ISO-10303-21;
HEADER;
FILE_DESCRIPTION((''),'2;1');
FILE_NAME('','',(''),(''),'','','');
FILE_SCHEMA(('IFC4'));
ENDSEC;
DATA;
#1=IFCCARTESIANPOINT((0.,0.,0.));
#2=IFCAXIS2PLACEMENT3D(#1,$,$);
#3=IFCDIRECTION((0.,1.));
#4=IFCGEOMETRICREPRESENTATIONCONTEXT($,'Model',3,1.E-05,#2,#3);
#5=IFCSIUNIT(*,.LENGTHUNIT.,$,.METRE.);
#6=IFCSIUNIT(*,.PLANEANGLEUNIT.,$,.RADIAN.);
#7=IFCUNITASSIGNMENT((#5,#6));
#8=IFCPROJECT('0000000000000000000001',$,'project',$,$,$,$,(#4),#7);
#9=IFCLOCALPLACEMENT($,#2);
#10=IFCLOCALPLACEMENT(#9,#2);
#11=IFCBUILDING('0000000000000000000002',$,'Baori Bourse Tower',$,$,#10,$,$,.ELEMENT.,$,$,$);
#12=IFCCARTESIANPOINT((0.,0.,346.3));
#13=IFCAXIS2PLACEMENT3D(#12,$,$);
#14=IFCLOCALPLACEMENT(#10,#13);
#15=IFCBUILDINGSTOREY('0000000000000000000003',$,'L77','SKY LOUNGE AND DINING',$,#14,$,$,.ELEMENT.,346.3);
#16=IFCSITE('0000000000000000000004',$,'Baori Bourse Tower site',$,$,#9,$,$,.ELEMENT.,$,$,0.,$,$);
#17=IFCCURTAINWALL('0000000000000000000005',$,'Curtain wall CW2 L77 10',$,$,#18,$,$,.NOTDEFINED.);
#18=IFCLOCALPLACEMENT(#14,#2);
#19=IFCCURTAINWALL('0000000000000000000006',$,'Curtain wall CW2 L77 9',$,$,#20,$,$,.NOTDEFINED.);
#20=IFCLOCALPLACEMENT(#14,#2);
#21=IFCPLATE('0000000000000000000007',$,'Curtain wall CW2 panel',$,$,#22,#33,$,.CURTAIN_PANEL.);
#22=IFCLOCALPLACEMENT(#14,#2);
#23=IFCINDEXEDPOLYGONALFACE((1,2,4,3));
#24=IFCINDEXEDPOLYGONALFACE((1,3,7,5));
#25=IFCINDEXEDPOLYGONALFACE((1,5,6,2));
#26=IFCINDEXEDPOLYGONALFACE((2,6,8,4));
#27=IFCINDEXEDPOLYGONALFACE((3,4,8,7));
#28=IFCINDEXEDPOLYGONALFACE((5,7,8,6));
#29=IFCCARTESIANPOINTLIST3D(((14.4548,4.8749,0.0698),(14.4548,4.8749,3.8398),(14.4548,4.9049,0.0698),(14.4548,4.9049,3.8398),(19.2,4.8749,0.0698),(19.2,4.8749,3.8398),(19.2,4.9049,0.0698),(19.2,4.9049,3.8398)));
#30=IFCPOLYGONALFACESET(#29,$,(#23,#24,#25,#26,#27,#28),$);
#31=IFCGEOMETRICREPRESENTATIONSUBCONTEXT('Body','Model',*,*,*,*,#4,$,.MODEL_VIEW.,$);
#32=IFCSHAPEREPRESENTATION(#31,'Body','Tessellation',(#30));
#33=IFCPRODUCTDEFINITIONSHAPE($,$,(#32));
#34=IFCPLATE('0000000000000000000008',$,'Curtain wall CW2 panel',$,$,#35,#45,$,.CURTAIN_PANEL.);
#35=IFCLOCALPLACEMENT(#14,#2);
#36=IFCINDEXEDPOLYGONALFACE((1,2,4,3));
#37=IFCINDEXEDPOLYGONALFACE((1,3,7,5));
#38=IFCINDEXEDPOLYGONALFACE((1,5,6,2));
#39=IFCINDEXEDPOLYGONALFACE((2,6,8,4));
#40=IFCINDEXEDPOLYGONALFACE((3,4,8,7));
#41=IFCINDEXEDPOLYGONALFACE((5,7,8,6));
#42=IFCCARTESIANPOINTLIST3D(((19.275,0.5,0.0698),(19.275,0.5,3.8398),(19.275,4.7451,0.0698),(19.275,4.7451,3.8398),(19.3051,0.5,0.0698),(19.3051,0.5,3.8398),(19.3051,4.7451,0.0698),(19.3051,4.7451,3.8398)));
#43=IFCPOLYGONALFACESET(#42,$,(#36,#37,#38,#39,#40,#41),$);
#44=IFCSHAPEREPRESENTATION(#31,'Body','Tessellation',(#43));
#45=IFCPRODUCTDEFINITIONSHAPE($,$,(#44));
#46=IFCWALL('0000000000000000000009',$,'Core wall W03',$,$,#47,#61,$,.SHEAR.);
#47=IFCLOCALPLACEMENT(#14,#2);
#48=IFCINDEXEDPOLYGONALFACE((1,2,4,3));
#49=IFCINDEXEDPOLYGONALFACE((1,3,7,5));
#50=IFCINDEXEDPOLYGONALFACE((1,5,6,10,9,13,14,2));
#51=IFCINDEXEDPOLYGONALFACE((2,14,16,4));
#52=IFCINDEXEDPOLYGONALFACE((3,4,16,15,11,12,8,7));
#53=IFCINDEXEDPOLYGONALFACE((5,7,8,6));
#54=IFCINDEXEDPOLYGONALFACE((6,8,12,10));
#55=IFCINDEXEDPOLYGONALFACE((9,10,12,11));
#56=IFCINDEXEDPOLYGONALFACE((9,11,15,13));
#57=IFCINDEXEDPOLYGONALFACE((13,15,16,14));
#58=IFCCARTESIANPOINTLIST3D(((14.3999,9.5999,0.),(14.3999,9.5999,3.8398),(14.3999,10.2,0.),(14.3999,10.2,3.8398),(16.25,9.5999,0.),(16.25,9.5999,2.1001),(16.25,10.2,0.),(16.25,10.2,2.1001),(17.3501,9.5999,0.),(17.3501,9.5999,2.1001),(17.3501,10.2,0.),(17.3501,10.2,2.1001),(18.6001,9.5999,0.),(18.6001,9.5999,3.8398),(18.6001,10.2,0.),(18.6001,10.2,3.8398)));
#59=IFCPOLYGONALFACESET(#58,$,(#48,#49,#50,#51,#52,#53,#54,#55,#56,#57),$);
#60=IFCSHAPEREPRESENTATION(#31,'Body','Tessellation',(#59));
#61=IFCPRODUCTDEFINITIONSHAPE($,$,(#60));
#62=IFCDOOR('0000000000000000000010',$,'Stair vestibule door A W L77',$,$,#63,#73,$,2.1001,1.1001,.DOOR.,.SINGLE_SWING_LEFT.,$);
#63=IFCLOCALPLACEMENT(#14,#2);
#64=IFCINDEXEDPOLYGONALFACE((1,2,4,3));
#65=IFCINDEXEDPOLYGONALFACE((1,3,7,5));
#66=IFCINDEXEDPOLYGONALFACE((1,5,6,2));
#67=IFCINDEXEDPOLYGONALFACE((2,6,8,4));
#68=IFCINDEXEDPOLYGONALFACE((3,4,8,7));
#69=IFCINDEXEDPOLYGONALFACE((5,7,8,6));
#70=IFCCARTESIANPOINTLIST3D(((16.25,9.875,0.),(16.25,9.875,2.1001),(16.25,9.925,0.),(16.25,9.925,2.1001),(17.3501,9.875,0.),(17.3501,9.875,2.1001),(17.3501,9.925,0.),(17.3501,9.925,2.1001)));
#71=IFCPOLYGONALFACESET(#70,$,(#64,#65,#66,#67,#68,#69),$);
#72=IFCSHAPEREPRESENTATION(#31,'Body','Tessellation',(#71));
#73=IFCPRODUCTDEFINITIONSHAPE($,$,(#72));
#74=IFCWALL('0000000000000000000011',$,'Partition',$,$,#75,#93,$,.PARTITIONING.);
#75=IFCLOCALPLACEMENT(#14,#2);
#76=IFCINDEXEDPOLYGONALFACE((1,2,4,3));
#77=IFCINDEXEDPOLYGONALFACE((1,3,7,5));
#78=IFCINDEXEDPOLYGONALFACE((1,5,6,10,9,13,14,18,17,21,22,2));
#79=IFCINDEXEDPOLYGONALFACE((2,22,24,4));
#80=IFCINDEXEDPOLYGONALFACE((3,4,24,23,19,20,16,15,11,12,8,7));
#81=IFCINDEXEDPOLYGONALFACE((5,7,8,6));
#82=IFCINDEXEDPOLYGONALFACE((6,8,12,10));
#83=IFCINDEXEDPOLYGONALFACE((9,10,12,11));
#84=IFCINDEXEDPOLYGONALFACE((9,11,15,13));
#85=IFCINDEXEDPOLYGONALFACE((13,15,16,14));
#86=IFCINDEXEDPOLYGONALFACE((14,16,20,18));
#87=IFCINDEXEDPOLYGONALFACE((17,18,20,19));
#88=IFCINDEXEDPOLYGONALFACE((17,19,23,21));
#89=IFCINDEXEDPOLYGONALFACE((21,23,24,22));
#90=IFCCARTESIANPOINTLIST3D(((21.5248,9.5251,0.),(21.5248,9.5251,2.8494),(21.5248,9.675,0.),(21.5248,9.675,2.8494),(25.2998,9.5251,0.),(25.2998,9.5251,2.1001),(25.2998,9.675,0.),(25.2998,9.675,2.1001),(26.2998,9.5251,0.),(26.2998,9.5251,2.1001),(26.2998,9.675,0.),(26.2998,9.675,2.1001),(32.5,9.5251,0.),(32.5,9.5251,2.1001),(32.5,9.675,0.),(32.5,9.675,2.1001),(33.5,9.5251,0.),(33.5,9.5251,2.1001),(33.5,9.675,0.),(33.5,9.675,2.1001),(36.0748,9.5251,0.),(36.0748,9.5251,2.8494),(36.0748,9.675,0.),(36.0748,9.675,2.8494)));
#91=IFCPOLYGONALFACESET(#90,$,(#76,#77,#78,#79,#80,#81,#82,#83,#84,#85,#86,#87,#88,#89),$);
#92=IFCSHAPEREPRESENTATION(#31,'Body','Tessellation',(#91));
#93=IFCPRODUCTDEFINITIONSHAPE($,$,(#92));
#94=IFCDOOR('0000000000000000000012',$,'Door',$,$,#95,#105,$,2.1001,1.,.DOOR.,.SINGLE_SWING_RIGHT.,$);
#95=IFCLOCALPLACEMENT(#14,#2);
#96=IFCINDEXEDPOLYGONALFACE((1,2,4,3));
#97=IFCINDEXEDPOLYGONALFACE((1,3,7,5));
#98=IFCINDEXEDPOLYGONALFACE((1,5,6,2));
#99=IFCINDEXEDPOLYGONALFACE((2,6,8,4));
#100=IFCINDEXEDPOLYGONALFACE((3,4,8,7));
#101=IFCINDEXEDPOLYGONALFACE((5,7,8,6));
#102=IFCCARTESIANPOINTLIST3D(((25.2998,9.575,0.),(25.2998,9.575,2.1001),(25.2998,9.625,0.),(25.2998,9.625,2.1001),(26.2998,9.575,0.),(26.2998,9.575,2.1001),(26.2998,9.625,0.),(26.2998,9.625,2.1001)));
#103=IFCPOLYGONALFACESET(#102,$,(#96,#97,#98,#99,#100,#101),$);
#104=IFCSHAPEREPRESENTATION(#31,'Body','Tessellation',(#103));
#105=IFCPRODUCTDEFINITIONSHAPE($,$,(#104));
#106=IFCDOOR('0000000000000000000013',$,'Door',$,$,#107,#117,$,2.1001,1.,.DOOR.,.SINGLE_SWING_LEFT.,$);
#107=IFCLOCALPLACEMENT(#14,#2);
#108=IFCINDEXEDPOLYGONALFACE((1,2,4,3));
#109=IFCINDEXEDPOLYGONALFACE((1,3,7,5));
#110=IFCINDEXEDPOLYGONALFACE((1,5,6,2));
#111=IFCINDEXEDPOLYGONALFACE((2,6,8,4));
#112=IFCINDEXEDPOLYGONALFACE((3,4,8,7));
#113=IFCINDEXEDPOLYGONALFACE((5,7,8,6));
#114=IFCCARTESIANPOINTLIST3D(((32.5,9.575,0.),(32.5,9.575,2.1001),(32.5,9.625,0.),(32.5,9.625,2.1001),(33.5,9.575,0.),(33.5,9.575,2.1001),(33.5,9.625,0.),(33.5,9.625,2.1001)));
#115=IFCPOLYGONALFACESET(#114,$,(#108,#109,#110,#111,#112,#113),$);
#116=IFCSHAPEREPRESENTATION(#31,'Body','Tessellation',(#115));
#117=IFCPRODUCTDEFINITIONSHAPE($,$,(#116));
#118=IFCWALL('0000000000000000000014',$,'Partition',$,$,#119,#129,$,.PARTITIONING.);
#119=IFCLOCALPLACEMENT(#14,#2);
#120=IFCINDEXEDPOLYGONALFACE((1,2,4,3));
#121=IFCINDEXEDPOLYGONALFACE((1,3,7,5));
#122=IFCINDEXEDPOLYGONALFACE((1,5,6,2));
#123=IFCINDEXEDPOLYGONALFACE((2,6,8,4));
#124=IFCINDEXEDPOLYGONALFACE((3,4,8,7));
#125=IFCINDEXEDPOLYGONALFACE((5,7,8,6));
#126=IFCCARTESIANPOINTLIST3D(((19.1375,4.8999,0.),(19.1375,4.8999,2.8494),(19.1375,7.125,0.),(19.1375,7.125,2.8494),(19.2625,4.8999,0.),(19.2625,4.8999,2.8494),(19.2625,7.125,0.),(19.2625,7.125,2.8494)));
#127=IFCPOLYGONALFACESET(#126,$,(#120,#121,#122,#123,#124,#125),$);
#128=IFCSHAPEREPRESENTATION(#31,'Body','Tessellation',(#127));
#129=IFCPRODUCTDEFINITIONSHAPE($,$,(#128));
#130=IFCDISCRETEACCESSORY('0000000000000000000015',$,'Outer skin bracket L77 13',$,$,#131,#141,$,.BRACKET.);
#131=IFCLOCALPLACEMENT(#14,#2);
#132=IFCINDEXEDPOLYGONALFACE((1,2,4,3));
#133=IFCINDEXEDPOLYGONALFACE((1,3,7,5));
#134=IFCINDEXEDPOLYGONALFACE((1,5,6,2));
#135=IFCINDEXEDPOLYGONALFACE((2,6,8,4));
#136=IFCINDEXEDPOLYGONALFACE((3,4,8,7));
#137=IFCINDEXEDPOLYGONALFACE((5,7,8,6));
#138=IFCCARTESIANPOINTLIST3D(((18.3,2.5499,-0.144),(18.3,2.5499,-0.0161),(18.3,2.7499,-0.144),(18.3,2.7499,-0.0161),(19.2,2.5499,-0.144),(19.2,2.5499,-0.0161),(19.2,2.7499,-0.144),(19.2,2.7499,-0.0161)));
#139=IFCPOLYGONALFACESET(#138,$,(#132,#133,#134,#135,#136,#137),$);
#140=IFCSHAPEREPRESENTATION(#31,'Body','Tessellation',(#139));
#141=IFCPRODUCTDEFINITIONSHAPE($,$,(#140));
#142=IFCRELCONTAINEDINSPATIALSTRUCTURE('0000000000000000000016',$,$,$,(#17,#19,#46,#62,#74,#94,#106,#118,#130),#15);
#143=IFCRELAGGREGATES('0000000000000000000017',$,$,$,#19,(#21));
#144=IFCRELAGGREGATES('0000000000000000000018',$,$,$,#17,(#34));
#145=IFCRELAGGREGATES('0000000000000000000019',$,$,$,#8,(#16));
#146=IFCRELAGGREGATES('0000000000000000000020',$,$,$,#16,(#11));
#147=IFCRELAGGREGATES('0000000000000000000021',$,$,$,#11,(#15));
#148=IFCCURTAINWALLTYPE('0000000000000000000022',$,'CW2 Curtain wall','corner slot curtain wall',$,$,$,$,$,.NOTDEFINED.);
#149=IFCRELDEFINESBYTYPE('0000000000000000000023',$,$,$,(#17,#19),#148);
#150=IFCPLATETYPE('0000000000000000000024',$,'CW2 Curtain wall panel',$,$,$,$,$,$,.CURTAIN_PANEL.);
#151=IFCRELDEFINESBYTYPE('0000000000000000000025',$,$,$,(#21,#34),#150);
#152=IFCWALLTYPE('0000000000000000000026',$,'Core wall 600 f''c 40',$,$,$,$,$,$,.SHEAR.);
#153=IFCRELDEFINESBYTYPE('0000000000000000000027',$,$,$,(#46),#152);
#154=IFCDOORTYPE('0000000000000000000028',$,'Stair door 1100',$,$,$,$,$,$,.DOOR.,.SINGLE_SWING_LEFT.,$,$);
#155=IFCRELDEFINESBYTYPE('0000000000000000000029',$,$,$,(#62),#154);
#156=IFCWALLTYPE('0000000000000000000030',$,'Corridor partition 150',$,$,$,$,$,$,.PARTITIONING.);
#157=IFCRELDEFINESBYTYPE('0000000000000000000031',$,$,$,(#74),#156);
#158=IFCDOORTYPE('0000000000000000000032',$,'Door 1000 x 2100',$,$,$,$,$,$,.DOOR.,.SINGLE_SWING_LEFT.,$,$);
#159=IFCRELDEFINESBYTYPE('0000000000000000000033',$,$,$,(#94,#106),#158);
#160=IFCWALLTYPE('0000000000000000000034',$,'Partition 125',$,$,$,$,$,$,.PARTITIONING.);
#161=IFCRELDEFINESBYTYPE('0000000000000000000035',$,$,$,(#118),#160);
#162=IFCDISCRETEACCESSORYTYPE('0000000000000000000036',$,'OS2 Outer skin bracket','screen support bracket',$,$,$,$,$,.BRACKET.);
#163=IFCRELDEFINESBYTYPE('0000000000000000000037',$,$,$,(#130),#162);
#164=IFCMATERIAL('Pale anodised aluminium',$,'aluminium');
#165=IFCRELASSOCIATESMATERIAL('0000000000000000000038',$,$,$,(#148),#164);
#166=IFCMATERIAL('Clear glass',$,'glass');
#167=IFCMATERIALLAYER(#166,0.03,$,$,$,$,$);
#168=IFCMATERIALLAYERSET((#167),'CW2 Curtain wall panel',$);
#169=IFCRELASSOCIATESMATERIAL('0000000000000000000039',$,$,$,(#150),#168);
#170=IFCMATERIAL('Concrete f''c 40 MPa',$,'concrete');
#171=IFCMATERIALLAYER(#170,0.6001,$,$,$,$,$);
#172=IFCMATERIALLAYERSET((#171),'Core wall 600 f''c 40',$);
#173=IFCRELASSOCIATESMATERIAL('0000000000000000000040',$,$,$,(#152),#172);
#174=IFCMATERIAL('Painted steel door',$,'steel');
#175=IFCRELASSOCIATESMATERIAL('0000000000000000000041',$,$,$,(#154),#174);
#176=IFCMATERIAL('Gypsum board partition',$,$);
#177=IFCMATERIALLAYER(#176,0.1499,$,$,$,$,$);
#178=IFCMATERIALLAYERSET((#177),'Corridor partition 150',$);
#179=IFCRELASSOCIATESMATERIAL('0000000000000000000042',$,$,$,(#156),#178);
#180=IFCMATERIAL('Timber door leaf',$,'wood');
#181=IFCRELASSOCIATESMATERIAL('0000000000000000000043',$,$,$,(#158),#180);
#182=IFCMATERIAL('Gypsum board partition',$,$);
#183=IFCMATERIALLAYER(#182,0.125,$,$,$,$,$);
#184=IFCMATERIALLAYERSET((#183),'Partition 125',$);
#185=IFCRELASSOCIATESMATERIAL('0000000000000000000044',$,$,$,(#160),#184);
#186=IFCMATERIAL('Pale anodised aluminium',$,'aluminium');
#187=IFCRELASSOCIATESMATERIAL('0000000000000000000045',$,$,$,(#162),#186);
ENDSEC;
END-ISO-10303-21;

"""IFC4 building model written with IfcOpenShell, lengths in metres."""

from ifc_helpers import new_model, si_unit, direction, frame, frame_2d, origin, origin_2d, place, context, subcontext, project, spatial, rectangle, extrude, material, layer, layer_set, type_object, element, fill, aggregate, save


model = new_model("IFC4")

# Units and contexts
model_context = context("Model", 3, precision=1e-05, world=origin(), true_north=direction((0.0, 1.0)))
body_context = subcontext(model_context, "Body", "Model", "MODEL_VIEW")
ifc_project = project(units=[si_unit("LENGTHUNIT", "METRE"), si_unit("PLANEANGLEUNIT", "RADIAN")], contexts=[model_context])

# Site, building, storey
site_placement = place(None, origin())
site = spatial("IfcSite", under=ifc_project, at=site_placement, Name="Baori Bourse Tower site", CompositionType="ELEMENT", RefElevation=0.0)
building_placement = place(site_placement, origin())
building = spatial("IfcBuilding", under=site, at=building_placement, Name="Baori Bourse Tower", CompositionType="ELEMENT")
storey_placement = place(building_placement, frame((0.0, 0.0, 346.3)))
storey = spatial("IfcBuildingStorey", under=building, at=storey_placement, Name="L77", Description="SKY LOUNGE AND DINING", CompositionType="ELEMENT", Elevation=346.3)

# Curtain wall
ifc_material_1 = material(Name="Pale anodised aluminium", Category="aluminium")
curtain_wall_type_1 = type_object("IfcCurtainWallType", Name="CW2 Curtain wall", Description="corner slot curtain wall", PredefinedType="NOTDEFINED", material=ifc_material_1)
curtain_wall_1_placement = place(storey_placement, origin())
curtain_wall_1 = element("IfcCurtainWall", 1, at=curtain_wall_1_placement, inside=storey, type_object=curtain_wall_type_1, Name="Curtain wall CW2 L77 10", PredefinedType="NOTDEFINED")

# Curtain wall, plate
curtain_wall_2_placement = place(storey_placement, origin())
curtain_wall_2 = element("IfcCurtainWall", 2, at=curtain_wall_2_placement, inside=storey, type_object=curtain_wall_type_1, Name="Curtain wall CW2 L77 9", PredefinedType="NOTDEFINED")
ifc_material_2 = material(Name="Clear glass", Category="glass")
ifc_layer_1 = layer(ifc_material_2, 0.03)
ifc_layer_set_1 = layer_set([ifc_layer_1], Name="CW2 Curtain wall panel")
plate_type = type_object("IfcPlateType", Name="CW2 Curtain wall panel", PredefinedType="CURTAIN_PANEL", material=ifc_layer_set_1)
plate_1_placement = place(storey_placement, frame((16.8274, 4.8899, 0.0698), z_axis=(0.0, 0.0, 1.0), x_axis=(1.0, 0.0, 0.0)))
plate_1 = element("IfcPlate", 3, at=plate_1_placement, type_object=plate_type, Name="Curtain wall CW2 panel", PredefinedType="CURTAIN_PANEL", context=body_context, shape_type="SweptSolid", body=[
    extrude(rectangle(XDim=4.7451, YDim=0.03, at=origin_2d()), origin(), (0.0, 0.0, 1.0), 3.77),
])
aggregate(curtain_wall_2, [plate_1])

# Plate
plate_2_placement = place(storey_placement, frame((19.29, 2.6226, 0.0698), z_axis=(0.0, 0.0, 1.0), x_axis=(0.0, -1.0, 0.0)))
plate_2 = element("IfcPlate", 4, at=plate_2_placement, type_object=plate_type, Name="Curtain wall CW2 panel", PredefinedType="CURTAIN_PANEL", context=body_context, shape_type="SweptSolid", body=[
    extrude(rectangle(XDim=4.2451, YDim=0.03, at=origin_2d()), origin(), (0.0, 0.0, 1.0), 3.77),
])
aggregate(curtain_wall_1, [plate_2])

# Wall, opening, door
ifc_material_3 = material(Name="Concrete f'c 40 MPa", Category="concrete")
ifc_layer_2 = layer(ifc_material_3, 0.6001)
ifc_layer_set_2 = layer_set([ifc_layer_2], Name="Core wall 600 f'c 40")
wall_type_1 = type_object("IfcWallType", Name="Core wall 600 f'c 40", PredefinedType="SHEAR", material=ifc_layer_set_2)
wall_1_placement = place(storey_placement, frame((18.6001, 9.8999, 0.0), z_axis=(0.0, 0.0, 1.0), x_axis=(-1.0, 0.0, 0.0)))
wall_1 = element("IfcWall", 5, at=wall_1_placement, inside=storey, type_object=wall_type_1, Name="Core wall W03", PredefinedType="SHEAR", context=body_context, shape_type="SweptSolid", body=[
    extrude(rectangle(XDim=4.2002, YDim=0.6001, at=frame_2d((2.1001, 0.0))), origin(), (0.0, 0.0, 1.0), 3.8398),
])
opening_1_placement = place(wall_1_placement, frame((1.25, 0.0, 0.0)))
opening_1 = element("IfcOpeningElement", 6, at=opening_1_placement, cuts=wall_1, PredefinedType="OPENING", context=body_context, shape_type="SweptSolid", body=[
    extrude(rectangle(XDim=1.1001, YDim=2.1001, at=frame_2d((0.55, 1.05))), frame((0.0, 0.3101, 0.0), z_axis=(0.0, -1.0, 0.0), x_axis=(1.0, 0.0, 0.0)), (0.0, 0.0, 1.0), 0.6201),
])
ifc_material_4 = material(Name="Painted steel door", Category="steel")
door_type_1 = type_object("IfcDoorType", Name="Stair door 1100", OperationType="SINGLE_SWING_LEFT", PredefinedType="DOOR", material=ifc_material_4)
door_1_placement = place(opening_1_placement, origin())
door_1 = element("IfcDoor", 7, at=door_1_placement, inside=storey, type_object=door_type_1, Name="Stair vestibule door A W L77", OperationType="SINGLE_SWING_LEFT", OverallHeight=2.1001, OverallWidth=1.1001, PredefinedType="DOOR", context=body_context, shape_type="SweptSolid", body=[
    extrude(rectangle(XDim=1.1001, YDim=2.1001, at=frame_2d((0.55, 1.05))), frame((0.0, 0.0249, 0.0), z_axis=(0.0, -1.0, 0.0), x_axis=(1.0, 0.0, 0.0)), (0.0, 0.0, 1.0), 0.05),
])
fill(opening_1, door_1)

# Wall, openings, doors
ifc_material_5 = material(Name="Gypsum board partition")
ifc_layer_3 = layer(ifc_material_5, 0.1499)
ifc_layer_set_3 = layer_set([ifc_layer_3], Name="Corridor partition 150")
wall_type_2 = type_object("IfcWallType", Name="Corridor partition 150", PredefinedType="PARTITIONING", material=ifc_layer_set_3)
wall_2_placement = place(storey_placement, frame((21.5249, 9.6001, 0.0), z_axis=(0.0, 0.0, 1.0), x_axis=(1.0, 0.0, 0.0)))
wall_2 = element("IfcWall", 8, at=wall_2_placement, inside=storey, type_object=wall_type_2, Name="Partition", PredefinedType="PARTITIONING", context=body_context, shape_type="SweptSolid", body=[
    extrude(rectangle(XDim=14.55, YDim=0.1499, at=frame_2d((7.2749, 0.0))), origin(), (0.0, 0.0, 1.0), 2.8494),
])
opening_2_placement = place(wall_2_placement, frame((3.7749, 0.0, 0.0)))
opening_2 = element("IfcOpeningElement", 9, at=opening_2_placement, cuts=wall_2, PredefinedType="OPENING", context=body_context, shape_type="SweptSolid", body=[
    extrude(rectangle(XDim=1.0, YDim=2.1001, at=frame_2d((0.5, 1.05))), frame((0.0, 0.085, 0.0), z_axis=(0.0, -1.0, 0.0), x_axis=(1.0, 0.0, 0.0)), (0.0, 0.0, 1.0), 0.1699),
])
opening_3_placement = place(wall_2_placement, frame((10.9751, 0.0, 0.0)))
opening_3 = element("IfcOpeningElement", 10, at=opening_3_placement, cuts=wall_2, PredefinedType="OPENING", context=body_context, shape_type="SweptSolid", body=[
    extrude(rectangle(XDim=1.0, YDim=2.1001, at=frame_2d((0.5, 1.05))), frame((0.0, 0.085, 0.0), z_axis=(0.0, -1.0, 0.0), x_axis=(1.0, 0.0, 0.0)), (0.0, 0.0, 1.0), 0.1699),
])
ifc_material_6 = material(Name="Timber door leaf", Category="wood")
door_type_2 = type_object("IfcDoorType", Name="Door 1000 x 2100", OperationType="SINGLE_SWING_LEFT", PredefinedType="DOOR", material=ifc_material_6)
door_2_placement = place(opening_2_placement, origin())
door_2 = element("IfcDoor", 11, at=door_2_placement, inside=storey, type_object=door_type_2, Name="Door", OperationType="SINGLE_SWING_RIGHT", OverallHeight=2.1001, OverallWidth=1.0, PredefinedType="DOOR", context=body_context, shape_type="SweptSolid", body=[
    extrude(rectangle(XDim=1.0, YDim=2.1001, at=frame_2d((0.5, 1.05))), frame((0.0, 0.0249, 0.0), z_axis=(0.0, -1.0, 0.0), x_axis=(1.0, 0.0, 0.0)), (0.0, 0.0, 1.0), 0.05),
])
fill(opening_2, door_2)
door_3_placement = place(opening_3_placement, origin())
door_3 = element("IfcDoor", 12, at=door_3_placement, inside=storey, type_object=door_type_2, Name="Door", OperationType="SINGLE_SWING_LEFT", OverallHeight=2.1001, OverallWidth=1.0, PredefinedType="DOOR", context=body_context, shape_type="SweptSolid", body=[
    extrude(rectangle(XDim=1.0, YDim=2.1001, at=frame_2d((0.5, 1.05))), frame((0.0, 0.0249, 0.0), z_axis=(0.0, -1.0, 0.0), x_axis=(1.0, 0.0, 0.0)), (0.0, 0.0, 1.0), 0.05),
])
fill(opening_3, door_3)

# Wall
ifc_material_7 = material(Name="Gypsum board partition")
ifc_layer_4 = layer(ifc_material_7, 0.125)
ifc_layer_set_4 = layer_set([ifc_layer_4], Name="Partition 125")
wall_type_3 = type_object("IfcWallType", Name="Partition 125", PredefinedType="PARTITIONING", material=ifc_layer_set_4)
wall_3_placement = place(storey_placement, frame((19.2, 4.8999, 0.0), z_axis=(0.0, 0.0, 1.0), x_axis=(0.0, 1.0, 0.0)))
element("IfcWall", 13, at=wall_3_placement, inside=storey, type_object=wall_type_3, Name="Partition", PredefinedType="PARTITIONING", context=body_context, shape_type="SweptSolid", body=[
    extrude(rectangle(XDim=2.2251, YDim=0.125, at=frame_2d((1.1125, 0.0))), origin(), (0.0, 0.0, 1.0), 2.8494),
])

# Discrete accessory
ifc_material_8 = material(Name="Pale anodised aluminium", Category="aluminium")
discrete_accessory_type = type_object("IfcDiscreteAccessoryType", Name="OS2 Outer skin bracket", Description="screen support bracket", PredefinedType="BRACKET", material=ifc_material_8)
discrete_accessory_placement = place(storey_placement, frame((18.75, 2.6499, -0.144), z_axis=(0.0, 0.0, 1.0), x_axis=(0.0, -1.0, 0.0)))
element("IfcDiscreteAccessory", 14, at=discrete_accessory_placement, inside=storey, type_object=discrete_accessory_type, Name="Outer skin bracket L77 13", PredefinedType="BRACKET", context=body_context, shape_type="SweptSolid", body=[
    extrude(rectangle(XDim=0.2, YDim=0.8999, at=origin_2d()), origin(), (0.0, 0.0, 1.0), 0.1279),
])

save(model, "model.ifc")
